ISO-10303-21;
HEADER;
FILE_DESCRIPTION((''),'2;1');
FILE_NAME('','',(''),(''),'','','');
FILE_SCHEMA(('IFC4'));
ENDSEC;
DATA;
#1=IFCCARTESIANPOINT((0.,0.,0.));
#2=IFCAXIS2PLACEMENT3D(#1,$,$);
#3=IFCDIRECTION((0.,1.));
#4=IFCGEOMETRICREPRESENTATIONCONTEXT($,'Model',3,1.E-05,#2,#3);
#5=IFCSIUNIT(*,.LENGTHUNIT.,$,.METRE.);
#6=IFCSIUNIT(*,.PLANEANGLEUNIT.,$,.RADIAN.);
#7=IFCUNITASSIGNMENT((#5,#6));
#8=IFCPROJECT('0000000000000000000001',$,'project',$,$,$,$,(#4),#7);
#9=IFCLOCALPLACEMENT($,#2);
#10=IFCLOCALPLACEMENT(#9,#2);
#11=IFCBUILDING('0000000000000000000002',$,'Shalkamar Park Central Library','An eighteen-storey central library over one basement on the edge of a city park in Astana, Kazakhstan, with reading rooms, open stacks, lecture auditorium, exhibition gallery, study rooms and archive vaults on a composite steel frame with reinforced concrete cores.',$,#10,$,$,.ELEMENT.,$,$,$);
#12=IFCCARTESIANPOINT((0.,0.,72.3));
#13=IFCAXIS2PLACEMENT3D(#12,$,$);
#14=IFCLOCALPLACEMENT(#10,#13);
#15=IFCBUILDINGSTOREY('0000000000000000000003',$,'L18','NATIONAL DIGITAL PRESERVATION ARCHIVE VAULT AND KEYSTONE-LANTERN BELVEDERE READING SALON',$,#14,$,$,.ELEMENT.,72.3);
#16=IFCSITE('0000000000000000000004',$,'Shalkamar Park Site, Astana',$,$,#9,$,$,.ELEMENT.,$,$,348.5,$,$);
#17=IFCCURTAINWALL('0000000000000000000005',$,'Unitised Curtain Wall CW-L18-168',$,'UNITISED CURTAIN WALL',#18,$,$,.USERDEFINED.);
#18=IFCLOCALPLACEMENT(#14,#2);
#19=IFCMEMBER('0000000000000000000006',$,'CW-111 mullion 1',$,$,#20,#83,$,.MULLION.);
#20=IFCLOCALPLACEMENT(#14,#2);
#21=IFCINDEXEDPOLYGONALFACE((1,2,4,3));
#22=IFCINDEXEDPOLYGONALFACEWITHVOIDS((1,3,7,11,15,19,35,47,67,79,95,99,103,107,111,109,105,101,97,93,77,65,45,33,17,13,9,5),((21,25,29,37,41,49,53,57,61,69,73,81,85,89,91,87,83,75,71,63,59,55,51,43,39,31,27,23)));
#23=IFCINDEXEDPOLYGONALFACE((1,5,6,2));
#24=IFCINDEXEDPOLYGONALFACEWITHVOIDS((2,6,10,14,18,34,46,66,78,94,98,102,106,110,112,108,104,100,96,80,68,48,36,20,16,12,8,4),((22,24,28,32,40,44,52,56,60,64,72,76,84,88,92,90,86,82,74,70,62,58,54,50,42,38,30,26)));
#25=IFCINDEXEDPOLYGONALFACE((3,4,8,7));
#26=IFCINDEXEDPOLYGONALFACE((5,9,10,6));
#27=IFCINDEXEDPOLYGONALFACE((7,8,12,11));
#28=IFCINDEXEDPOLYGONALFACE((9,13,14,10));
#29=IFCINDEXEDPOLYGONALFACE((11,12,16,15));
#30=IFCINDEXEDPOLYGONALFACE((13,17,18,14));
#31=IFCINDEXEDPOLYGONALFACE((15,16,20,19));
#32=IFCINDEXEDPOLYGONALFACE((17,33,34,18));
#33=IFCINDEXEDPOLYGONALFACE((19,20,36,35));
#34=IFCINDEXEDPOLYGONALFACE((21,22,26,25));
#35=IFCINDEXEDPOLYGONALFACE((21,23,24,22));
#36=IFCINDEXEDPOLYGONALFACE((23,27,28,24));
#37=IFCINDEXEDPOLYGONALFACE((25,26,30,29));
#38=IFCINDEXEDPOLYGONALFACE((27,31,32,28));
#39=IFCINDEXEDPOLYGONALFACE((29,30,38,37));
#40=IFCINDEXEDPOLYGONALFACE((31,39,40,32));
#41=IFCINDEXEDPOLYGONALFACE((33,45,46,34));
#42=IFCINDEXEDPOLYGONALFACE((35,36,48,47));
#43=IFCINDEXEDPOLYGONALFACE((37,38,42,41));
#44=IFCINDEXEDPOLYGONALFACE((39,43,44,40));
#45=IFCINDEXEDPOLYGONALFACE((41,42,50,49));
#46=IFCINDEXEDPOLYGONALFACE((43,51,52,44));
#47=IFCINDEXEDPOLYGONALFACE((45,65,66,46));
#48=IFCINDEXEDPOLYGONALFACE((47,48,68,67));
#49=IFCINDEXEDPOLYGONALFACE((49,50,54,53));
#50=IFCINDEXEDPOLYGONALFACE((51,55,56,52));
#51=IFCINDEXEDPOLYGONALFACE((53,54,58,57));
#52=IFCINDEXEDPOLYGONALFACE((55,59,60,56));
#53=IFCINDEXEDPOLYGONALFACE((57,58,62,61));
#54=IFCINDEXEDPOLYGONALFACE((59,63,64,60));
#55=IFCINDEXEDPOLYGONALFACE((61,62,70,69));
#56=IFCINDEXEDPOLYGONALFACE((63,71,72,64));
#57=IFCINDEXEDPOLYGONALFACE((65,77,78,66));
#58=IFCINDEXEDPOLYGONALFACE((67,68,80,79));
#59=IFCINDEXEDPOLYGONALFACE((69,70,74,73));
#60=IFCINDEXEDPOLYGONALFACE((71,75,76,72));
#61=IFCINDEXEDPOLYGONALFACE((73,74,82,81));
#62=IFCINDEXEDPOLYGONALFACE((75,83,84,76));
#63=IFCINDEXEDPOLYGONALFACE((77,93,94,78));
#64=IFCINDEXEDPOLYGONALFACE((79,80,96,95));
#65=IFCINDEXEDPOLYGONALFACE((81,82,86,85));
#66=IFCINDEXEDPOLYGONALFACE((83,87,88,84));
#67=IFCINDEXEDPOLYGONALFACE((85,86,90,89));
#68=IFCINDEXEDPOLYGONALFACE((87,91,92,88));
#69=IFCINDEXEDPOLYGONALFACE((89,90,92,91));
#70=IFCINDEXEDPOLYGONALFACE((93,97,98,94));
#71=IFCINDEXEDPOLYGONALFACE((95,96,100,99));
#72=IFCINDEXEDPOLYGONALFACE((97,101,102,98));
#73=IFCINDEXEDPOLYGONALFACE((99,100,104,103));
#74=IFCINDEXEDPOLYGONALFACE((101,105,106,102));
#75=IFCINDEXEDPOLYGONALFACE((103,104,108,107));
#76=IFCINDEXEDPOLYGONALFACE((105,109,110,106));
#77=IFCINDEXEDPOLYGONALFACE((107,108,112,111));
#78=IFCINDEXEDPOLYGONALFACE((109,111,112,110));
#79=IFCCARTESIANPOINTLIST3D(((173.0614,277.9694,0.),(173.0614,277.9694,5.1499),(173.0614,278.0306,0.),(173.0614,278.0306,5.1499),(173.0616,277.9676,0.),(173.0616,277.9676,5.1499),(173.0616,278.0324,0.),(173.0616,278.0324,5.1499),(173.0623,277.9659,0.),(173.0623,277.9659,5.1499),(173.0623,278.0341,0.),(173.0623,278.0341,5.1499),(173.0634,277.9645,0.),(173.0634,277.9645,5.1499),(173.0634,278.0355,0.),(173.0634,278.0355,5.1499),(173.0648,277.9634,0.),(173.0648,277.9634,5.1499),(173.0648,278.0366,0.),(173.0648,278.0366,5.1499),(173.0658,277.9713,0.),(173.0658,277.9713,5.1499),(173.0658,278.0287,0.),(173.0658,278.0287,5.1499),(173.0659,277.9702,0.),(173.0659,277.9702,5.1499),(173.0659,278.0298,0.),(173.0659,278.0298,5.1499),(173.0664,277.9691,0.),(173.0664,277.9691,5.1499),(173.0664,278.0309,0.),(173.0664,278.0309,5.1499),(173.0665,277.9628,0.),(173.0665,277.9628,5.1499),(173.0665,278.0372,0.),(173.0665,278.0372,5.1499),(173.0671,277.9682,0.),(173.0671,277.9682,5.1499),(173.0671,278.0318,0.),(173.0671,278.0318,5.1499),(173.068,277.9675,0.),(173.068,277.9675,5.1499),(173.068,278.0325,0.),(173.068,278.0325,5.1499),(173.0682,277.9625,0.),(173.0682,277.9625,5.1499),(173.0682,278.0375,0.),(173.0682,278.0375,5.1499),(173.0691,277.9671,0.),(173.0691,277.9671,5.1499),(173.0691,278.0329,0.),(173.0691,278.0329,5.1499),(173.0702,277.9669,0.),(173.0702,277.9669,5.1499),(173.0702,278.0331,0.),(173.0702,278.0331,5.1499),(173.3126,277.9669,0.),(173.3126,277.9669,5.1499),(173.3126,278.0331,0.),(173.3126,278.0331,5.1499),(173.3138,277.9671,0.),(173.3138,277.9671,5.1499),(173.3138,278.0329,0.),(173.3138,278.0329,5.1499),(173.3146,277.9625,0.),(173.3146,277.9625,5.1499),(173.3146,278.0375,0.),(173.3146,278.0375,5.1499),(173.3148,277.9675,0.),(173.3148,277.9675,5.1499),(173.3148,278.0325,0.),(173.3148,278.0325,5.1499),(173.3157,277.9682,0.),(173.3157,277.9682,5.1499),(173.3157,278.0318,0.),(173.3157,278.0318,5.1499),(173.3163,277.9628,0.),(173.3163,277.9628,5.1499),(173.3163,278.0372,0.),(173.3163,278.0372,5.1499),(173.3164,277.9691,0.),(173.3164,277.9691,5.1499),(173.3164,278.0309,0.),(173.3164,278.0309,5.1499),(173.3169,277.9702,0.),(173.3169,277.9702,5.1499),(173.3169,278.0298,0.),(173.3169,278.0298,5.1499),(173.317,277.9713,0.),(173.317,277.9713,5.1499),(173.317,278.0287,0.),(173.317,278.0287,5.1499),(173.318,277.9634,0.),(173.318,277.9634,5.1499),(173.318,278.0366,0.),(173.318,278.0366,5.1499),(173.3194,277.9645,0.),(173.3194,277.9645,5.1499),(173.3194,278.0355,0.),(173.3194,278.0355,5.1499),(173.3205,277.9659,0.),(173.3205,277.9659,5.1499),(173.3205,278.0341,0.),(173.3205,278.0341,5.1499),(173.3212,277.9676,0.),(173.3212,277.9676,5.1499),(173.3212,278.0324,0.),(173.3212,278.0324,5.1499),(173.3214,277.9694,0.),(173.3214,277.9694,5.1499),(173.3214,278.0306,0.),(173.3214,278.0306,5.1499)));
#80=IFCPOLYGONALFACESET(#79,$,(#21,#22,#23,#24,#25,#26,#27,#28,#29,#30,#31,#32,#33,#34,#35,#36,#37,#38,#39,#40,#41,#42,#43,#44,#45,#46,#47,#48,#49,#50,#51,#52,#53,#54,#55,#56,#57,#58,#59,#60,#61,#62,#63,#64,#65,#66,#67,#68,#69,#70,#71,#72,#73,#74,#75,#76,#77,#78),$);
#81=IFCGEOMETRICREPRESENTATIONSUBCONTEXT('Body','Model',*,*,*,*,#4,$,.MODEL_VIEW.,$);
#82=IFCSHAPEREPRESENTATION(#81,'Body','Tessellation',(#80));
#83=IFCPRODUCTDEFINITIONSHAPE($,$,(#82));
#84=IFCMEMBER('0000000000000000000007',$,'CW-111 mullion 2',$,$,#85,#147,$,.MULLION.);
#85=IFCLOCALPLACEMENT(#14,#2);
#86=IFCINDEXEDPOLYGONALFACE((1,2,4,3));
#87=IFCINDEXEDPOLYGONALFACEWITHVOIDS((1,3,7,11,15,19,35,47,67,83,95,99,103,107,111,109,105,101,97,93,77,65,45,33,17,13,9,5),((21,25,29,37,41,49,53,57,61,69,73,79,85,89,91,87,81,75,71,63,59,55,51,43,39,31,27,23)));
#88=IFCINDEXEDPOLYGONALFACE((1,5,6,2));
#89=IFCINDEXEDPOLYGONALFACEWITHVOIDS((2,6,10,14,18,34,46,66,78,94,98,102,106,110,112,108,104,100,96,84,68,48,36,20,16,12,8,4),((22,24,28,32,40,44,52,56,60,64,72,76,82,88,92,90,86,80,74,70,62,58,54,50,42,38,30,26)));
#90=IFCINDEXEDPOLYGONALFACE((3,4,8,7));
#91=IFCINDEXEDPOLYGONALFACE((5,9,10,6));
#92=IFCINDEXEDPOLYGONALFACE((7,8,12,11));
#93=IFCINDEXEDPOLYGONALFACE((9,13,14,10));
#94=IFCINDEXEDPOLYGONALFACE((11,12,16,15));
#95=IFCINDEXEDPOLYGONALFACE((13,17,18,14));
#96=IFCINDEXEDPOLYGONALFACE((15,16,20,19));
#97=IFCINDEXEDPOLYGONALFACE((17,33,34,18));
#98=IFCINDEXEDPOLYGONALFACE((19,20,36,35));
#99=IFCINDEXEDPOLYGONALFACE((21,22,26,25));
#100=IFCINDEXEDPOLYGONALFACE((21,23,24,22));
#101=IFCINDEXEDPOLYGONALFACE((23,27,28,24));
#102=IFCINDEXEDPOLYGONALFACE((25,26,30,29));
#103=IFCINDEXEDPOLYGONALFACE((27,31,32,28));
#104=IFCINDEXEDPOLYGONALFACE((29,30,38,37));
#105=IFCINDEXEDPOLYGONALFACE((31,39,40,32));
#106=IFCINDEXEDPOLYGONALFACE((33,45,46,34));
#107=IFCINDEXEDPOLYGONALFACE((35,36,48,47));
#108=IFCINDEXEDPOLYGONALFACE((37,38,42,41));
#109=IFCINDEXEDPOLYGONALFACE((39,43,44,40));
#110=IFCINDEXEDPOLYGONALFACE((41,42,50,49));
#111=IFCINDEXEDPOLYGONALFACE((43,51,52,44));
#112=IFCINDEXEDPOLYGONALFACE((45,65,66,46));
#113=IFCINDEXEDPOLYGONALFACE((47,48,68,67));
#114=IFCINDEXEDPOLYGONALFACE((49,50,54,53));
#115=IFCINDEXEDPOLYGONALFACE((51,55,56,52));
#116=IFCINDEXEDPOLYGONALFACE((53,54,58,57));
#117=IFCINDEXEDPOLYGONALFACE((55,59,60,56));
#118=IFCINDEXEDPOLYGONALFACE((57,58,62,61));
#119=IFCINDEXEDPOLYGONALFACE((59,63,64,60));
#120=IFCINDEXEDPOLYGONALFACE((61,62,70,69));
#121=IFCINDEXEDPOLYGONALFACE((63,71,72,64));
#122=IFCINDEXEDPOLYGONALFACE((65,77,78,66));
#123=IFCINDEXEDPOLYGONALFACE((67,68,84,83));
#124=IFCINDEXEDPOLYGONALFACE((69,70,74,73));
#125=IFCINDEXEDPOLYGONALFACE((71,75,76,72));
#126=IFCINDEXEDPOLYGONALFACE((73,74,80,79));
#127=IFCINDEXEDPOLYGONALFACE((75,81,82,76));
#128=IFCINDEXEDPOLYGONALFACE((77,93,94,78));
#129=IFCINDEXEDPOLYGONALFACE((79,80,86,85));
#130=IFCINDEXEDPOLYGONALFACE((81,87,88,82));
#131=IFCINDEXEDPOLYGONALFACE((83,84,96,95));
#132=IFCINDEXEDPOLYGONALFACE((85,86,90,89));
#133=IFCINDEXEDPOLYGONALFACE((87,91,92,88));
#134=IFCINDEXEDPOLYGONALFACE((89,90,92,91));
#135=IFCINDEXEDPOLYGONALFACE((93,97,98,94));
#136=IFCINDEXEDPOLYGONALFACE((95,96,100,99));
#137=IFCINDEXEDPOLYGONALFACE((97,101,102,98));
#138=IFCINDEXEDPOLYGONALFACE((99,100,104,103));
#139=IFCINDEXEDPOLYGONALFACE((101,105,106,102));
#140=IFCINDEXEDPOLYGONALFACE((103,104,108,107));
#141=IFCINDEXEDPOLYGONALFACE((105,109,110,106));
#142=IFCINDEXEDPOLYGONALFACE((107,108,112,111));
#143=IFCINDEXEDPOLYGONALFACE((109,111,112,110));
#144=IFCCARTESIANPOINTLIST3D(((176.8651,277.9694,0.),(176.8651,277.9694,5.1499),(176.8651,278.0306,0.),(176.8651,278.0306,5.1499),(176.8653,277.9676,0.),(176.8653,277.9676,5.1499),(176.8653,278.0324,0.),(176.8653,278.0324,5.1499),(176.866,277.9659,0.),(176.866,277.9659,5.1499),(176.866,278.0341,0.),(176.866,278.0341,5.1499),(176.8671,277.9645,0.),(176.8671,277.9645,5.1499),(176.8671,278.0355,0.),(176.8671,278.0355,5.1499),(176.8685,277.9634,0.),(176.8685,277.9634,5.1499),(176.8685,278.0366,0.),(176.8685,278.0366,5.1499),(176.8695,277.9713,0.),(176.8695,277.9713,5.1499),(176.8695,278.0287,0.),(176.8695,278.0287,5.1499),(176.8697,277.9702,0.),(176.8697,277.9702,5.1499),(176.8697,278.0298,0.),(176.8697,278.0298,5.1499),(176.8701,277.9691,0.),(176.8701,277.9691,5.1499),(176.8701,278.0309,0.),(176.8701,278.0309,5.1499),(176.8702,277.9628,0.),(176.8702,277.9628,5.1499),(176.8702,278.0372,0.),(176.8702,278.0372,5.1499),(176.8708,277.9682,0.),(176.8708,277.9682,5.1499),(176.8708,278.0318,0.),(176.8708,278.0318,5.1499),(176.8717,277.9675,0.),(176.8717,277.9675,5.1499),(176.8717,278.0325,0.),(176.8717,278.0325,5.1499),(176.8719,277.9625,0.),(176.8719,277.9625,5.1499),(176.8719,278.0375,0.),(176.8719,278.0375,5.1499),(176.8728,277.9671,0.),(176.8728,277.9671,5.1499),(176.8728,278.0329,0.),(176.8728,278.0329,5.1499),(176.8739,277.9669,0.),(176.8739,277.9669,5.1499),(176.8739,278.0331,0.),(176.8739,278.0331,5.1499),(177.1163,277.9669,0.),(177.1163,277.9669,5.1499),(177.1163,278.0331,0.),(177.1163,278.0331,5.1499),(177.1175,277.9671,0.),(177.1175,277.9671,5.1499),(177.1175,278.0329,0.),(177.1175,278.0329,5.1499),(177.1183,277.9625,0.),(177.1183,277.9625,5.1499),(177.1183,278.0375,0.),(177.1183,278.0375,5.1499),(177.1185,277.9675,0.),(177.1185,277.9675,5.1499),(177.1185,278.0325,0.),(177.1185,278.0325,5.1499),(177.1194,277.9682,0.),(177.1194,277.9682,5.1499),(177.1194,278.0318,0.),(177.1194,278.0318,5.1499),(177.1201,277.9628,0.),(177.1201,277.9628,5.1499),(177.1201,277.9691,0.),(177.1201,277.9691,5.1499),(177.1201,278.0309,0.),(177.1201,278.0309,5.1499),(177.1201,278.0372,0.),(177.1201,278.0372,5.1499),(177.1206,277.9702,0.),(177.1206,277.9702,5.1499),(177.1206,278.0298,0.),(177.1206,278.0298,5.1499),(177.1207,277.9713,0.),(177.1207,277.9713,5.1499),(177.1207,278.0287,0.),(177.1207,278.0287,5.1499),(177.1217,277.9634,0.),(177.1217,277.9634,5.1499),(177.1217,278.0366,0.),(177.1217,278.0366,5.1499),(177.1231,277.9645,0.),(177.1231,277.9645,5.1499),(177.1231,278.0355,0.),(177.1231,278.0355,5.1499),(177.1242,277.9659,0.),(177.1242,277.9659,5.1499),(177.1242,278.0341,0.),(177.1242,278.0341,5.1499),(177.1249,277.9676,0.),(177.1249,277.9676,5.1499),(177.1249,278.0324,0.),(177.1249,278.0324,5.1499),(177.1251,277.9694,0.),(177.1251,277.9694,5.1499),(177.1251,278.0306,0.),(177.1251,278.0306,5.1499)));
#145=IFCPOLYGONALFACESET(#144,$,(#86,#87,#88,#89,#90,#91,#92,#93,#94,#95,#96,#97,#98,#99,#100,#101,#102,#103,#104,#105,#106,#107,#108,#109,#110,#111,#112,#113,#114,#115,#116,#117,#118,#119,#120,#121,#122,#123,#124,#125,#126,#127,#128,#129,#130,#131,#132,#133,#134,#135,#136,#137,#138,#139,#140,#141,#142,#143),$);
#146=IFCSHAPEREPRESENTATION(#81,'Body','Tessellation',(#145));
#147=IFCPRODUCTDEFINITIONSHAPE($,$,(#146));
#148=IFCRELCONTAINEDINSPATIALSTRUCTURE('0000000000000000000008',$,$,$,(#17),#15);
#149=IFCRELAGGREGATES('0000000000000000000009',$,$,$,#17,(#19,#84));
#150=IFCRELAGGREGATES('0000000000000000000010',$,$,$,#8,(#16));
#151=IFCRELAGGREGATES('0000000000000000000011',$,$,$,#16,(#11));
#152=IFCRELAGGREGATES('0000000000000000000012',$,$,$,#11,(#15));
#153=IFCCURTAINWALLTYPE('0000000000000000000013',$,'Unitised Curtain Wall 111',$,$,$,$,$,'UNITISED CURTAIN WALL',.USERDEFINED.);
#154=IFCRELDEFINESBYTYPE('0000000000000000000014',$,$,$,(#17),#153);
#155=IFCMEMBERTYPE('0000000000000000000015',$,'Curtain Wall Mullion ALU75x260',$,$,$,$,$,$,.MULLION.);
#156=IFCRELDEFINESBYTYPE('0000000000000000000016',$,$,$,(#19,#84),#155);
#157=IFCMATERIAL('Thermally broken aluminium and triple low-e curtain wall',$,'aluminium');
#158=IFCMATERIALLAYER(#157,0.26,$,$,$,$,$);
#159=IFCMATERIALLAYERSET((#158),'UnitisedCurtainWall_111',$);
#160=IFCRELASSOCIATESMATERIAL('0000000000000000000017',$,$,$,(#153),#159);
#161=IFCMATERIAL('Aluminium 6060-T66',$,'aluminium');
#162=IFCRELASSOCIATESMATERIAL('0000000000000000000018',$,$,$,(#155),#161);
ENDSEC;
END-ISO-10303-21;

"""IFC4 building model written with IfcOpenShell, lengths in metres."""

from ifc_helpers import new_model, si_unit, direction, frame, origin, origin_2d, place, context, subcontext, project, spatial, hollow_rectangle, extrude, material, layer, layer_set, material_profile, profile_set, type_object, element, aggregate, save


model = new_model("IFC4")

# Units and contexts
model_context = context("Model", 3, precision=1e-05, world=origin(), true_north=direction((0.0, 1.0)))
body_context = subcontext(model_context, "Body", "Model", "MODEL_VIEW")
ifc_project = project(units=[si_unit("LENGTHUNIT", "METRE"), si_unit("PLANEANGLEUNIT", "RADIAN")], contexts=[model_context])

# Site, building, storey
site_placement = place(None, origin())
site = spatial("IfcSite", under=ifc_project, at=site_placement, Name="Shalkamar Park Site, Astana", CompositionType="ELEMENT", RefElevation=348.5)
building_placement = place(site_placement, origin())
building = spatial("IfcBuilding", under=site, at=building_placement, Name="Shalkamar Park Central Library", Description="An eighteen-storey central library over one basement on the edge of a city park in Astana, Kazakhstan, with reading rooms, open stacks, lecture auditorium, exhibition gallery, study rooms and archive vaults on a composite steel frame with reinforced concrete cores.", CompositionType="ELEMENT")
storey_placement = place(building_placement, frame((0.0, 0.0, 72.3)))
storey = spatial("IfcBuildingStorey", under=building, at=storey_placement, Name="L18", Description="NATIONAL DIGITAL PRESERVATION ARCHIVE VAULT AND KEYSTONE-LANTERN BELVEDERE READING SALON", CompositionType="ELEMENT", Elevation=72.3)

# Curtain wall, members
ifc_material_1 = material(Name="Thermally broken aluminium and triple low-e curtain wall", Category="aluminium")
ifc_layer_1 = layer(ifc_material_1, 0.26)
ifc_layer_set_1 = layer_set([ifc_layer_1], Name="UnitisedCurtainWall_111")
curtain_wall_type = type_object("IfcCurtainWallType", Name="Unitised Curtain Wall 111", ElementType="UNITISED CURTAIN WALL", PredefinedType="USERDEFINED", material=ifc_layer_set_1)
curtain_wall_placement = place(storey_placement, origin())
curtain_wall = element("IfcCurtainWall", 1, at=curtain_wall_placement, inside=storey, type_object=curtain_wall_type, Name="Unitised Curtain Wall CW-L18-168", ObjectType="UNITISED CURTAIN WALL", PredefinedType="USERDEFINED")
ifc_material_2 = material(Name="Aluminium 6060-T66", Category="aluminium")
ifc_material_profile_1 = material_profile(ifc_material_2, hollow_rectangle(XDim=0.075, YDim=0.26, WallThickness=0.0044, InnerFilletRadius=0.0044, OuterFilletRadius=0.0068, at=origin_2d()), Name="ALU 75x260x4.5")
ifc_profile_set_1 = profile_set([ifc_material_profile_1], Name="Aluminium 6060-T66")
member_type_1 = type_object("IfcMemberType", Name="Curtain Wall Mullion ALU75x260", PredefinedType="MULLION", material=ifc_profile_set_1)
member_1_placement = place(storey_placement, frame((173.1914, 278.0, 0.0), z_axis=(0.0, 0.0, 1.0), x_axis=(0.0, 1.0, 0.0)))
member_1 = element("IfcMember", 2, at=member_1_placement, type_object=member_type_1, Name="CW-111 mullion 1", PredefinedType="MULLION", context=body_context, shape_type="SweptSolid", body=[
    extrude(hollow_rectangle(XDim=0.075, YDim=0.26, WallThickness=0.0044, InnerFilletRadius=0.0044, OuterFilletRadius=0.0068, at=origin_2d()), origin(), (0.0, 0.0, 1.0), 5.1499),
])
member_2_placement = place(storey_placement, frame((176.9951, 278.0, 0.0), z_axis=(0.0, 0.0, 1.0), x_axis=(0.0, 1.0, 0.0)))
member_2 = element("IfcMember", 3, at=member_2_placement, type_object=member_type_1, Name="CW-111 mullion 2", PredefinedType="MULLION", context=body_context, shape_type="SweptSolid", body=[
    extrude(hollow_rectangle(XDim=0.075, YDim=0.26, WallThickness=0.0044, InnerFilletRadius=0.0044, OuterFilletRadius=0.0068, at=origin_2d()), origin(), (0.0, 0.0, 1.0), 5.1499),
])

aggregate(curtain_wall, [member_1, member_2])

save(model, "model.ifc")
